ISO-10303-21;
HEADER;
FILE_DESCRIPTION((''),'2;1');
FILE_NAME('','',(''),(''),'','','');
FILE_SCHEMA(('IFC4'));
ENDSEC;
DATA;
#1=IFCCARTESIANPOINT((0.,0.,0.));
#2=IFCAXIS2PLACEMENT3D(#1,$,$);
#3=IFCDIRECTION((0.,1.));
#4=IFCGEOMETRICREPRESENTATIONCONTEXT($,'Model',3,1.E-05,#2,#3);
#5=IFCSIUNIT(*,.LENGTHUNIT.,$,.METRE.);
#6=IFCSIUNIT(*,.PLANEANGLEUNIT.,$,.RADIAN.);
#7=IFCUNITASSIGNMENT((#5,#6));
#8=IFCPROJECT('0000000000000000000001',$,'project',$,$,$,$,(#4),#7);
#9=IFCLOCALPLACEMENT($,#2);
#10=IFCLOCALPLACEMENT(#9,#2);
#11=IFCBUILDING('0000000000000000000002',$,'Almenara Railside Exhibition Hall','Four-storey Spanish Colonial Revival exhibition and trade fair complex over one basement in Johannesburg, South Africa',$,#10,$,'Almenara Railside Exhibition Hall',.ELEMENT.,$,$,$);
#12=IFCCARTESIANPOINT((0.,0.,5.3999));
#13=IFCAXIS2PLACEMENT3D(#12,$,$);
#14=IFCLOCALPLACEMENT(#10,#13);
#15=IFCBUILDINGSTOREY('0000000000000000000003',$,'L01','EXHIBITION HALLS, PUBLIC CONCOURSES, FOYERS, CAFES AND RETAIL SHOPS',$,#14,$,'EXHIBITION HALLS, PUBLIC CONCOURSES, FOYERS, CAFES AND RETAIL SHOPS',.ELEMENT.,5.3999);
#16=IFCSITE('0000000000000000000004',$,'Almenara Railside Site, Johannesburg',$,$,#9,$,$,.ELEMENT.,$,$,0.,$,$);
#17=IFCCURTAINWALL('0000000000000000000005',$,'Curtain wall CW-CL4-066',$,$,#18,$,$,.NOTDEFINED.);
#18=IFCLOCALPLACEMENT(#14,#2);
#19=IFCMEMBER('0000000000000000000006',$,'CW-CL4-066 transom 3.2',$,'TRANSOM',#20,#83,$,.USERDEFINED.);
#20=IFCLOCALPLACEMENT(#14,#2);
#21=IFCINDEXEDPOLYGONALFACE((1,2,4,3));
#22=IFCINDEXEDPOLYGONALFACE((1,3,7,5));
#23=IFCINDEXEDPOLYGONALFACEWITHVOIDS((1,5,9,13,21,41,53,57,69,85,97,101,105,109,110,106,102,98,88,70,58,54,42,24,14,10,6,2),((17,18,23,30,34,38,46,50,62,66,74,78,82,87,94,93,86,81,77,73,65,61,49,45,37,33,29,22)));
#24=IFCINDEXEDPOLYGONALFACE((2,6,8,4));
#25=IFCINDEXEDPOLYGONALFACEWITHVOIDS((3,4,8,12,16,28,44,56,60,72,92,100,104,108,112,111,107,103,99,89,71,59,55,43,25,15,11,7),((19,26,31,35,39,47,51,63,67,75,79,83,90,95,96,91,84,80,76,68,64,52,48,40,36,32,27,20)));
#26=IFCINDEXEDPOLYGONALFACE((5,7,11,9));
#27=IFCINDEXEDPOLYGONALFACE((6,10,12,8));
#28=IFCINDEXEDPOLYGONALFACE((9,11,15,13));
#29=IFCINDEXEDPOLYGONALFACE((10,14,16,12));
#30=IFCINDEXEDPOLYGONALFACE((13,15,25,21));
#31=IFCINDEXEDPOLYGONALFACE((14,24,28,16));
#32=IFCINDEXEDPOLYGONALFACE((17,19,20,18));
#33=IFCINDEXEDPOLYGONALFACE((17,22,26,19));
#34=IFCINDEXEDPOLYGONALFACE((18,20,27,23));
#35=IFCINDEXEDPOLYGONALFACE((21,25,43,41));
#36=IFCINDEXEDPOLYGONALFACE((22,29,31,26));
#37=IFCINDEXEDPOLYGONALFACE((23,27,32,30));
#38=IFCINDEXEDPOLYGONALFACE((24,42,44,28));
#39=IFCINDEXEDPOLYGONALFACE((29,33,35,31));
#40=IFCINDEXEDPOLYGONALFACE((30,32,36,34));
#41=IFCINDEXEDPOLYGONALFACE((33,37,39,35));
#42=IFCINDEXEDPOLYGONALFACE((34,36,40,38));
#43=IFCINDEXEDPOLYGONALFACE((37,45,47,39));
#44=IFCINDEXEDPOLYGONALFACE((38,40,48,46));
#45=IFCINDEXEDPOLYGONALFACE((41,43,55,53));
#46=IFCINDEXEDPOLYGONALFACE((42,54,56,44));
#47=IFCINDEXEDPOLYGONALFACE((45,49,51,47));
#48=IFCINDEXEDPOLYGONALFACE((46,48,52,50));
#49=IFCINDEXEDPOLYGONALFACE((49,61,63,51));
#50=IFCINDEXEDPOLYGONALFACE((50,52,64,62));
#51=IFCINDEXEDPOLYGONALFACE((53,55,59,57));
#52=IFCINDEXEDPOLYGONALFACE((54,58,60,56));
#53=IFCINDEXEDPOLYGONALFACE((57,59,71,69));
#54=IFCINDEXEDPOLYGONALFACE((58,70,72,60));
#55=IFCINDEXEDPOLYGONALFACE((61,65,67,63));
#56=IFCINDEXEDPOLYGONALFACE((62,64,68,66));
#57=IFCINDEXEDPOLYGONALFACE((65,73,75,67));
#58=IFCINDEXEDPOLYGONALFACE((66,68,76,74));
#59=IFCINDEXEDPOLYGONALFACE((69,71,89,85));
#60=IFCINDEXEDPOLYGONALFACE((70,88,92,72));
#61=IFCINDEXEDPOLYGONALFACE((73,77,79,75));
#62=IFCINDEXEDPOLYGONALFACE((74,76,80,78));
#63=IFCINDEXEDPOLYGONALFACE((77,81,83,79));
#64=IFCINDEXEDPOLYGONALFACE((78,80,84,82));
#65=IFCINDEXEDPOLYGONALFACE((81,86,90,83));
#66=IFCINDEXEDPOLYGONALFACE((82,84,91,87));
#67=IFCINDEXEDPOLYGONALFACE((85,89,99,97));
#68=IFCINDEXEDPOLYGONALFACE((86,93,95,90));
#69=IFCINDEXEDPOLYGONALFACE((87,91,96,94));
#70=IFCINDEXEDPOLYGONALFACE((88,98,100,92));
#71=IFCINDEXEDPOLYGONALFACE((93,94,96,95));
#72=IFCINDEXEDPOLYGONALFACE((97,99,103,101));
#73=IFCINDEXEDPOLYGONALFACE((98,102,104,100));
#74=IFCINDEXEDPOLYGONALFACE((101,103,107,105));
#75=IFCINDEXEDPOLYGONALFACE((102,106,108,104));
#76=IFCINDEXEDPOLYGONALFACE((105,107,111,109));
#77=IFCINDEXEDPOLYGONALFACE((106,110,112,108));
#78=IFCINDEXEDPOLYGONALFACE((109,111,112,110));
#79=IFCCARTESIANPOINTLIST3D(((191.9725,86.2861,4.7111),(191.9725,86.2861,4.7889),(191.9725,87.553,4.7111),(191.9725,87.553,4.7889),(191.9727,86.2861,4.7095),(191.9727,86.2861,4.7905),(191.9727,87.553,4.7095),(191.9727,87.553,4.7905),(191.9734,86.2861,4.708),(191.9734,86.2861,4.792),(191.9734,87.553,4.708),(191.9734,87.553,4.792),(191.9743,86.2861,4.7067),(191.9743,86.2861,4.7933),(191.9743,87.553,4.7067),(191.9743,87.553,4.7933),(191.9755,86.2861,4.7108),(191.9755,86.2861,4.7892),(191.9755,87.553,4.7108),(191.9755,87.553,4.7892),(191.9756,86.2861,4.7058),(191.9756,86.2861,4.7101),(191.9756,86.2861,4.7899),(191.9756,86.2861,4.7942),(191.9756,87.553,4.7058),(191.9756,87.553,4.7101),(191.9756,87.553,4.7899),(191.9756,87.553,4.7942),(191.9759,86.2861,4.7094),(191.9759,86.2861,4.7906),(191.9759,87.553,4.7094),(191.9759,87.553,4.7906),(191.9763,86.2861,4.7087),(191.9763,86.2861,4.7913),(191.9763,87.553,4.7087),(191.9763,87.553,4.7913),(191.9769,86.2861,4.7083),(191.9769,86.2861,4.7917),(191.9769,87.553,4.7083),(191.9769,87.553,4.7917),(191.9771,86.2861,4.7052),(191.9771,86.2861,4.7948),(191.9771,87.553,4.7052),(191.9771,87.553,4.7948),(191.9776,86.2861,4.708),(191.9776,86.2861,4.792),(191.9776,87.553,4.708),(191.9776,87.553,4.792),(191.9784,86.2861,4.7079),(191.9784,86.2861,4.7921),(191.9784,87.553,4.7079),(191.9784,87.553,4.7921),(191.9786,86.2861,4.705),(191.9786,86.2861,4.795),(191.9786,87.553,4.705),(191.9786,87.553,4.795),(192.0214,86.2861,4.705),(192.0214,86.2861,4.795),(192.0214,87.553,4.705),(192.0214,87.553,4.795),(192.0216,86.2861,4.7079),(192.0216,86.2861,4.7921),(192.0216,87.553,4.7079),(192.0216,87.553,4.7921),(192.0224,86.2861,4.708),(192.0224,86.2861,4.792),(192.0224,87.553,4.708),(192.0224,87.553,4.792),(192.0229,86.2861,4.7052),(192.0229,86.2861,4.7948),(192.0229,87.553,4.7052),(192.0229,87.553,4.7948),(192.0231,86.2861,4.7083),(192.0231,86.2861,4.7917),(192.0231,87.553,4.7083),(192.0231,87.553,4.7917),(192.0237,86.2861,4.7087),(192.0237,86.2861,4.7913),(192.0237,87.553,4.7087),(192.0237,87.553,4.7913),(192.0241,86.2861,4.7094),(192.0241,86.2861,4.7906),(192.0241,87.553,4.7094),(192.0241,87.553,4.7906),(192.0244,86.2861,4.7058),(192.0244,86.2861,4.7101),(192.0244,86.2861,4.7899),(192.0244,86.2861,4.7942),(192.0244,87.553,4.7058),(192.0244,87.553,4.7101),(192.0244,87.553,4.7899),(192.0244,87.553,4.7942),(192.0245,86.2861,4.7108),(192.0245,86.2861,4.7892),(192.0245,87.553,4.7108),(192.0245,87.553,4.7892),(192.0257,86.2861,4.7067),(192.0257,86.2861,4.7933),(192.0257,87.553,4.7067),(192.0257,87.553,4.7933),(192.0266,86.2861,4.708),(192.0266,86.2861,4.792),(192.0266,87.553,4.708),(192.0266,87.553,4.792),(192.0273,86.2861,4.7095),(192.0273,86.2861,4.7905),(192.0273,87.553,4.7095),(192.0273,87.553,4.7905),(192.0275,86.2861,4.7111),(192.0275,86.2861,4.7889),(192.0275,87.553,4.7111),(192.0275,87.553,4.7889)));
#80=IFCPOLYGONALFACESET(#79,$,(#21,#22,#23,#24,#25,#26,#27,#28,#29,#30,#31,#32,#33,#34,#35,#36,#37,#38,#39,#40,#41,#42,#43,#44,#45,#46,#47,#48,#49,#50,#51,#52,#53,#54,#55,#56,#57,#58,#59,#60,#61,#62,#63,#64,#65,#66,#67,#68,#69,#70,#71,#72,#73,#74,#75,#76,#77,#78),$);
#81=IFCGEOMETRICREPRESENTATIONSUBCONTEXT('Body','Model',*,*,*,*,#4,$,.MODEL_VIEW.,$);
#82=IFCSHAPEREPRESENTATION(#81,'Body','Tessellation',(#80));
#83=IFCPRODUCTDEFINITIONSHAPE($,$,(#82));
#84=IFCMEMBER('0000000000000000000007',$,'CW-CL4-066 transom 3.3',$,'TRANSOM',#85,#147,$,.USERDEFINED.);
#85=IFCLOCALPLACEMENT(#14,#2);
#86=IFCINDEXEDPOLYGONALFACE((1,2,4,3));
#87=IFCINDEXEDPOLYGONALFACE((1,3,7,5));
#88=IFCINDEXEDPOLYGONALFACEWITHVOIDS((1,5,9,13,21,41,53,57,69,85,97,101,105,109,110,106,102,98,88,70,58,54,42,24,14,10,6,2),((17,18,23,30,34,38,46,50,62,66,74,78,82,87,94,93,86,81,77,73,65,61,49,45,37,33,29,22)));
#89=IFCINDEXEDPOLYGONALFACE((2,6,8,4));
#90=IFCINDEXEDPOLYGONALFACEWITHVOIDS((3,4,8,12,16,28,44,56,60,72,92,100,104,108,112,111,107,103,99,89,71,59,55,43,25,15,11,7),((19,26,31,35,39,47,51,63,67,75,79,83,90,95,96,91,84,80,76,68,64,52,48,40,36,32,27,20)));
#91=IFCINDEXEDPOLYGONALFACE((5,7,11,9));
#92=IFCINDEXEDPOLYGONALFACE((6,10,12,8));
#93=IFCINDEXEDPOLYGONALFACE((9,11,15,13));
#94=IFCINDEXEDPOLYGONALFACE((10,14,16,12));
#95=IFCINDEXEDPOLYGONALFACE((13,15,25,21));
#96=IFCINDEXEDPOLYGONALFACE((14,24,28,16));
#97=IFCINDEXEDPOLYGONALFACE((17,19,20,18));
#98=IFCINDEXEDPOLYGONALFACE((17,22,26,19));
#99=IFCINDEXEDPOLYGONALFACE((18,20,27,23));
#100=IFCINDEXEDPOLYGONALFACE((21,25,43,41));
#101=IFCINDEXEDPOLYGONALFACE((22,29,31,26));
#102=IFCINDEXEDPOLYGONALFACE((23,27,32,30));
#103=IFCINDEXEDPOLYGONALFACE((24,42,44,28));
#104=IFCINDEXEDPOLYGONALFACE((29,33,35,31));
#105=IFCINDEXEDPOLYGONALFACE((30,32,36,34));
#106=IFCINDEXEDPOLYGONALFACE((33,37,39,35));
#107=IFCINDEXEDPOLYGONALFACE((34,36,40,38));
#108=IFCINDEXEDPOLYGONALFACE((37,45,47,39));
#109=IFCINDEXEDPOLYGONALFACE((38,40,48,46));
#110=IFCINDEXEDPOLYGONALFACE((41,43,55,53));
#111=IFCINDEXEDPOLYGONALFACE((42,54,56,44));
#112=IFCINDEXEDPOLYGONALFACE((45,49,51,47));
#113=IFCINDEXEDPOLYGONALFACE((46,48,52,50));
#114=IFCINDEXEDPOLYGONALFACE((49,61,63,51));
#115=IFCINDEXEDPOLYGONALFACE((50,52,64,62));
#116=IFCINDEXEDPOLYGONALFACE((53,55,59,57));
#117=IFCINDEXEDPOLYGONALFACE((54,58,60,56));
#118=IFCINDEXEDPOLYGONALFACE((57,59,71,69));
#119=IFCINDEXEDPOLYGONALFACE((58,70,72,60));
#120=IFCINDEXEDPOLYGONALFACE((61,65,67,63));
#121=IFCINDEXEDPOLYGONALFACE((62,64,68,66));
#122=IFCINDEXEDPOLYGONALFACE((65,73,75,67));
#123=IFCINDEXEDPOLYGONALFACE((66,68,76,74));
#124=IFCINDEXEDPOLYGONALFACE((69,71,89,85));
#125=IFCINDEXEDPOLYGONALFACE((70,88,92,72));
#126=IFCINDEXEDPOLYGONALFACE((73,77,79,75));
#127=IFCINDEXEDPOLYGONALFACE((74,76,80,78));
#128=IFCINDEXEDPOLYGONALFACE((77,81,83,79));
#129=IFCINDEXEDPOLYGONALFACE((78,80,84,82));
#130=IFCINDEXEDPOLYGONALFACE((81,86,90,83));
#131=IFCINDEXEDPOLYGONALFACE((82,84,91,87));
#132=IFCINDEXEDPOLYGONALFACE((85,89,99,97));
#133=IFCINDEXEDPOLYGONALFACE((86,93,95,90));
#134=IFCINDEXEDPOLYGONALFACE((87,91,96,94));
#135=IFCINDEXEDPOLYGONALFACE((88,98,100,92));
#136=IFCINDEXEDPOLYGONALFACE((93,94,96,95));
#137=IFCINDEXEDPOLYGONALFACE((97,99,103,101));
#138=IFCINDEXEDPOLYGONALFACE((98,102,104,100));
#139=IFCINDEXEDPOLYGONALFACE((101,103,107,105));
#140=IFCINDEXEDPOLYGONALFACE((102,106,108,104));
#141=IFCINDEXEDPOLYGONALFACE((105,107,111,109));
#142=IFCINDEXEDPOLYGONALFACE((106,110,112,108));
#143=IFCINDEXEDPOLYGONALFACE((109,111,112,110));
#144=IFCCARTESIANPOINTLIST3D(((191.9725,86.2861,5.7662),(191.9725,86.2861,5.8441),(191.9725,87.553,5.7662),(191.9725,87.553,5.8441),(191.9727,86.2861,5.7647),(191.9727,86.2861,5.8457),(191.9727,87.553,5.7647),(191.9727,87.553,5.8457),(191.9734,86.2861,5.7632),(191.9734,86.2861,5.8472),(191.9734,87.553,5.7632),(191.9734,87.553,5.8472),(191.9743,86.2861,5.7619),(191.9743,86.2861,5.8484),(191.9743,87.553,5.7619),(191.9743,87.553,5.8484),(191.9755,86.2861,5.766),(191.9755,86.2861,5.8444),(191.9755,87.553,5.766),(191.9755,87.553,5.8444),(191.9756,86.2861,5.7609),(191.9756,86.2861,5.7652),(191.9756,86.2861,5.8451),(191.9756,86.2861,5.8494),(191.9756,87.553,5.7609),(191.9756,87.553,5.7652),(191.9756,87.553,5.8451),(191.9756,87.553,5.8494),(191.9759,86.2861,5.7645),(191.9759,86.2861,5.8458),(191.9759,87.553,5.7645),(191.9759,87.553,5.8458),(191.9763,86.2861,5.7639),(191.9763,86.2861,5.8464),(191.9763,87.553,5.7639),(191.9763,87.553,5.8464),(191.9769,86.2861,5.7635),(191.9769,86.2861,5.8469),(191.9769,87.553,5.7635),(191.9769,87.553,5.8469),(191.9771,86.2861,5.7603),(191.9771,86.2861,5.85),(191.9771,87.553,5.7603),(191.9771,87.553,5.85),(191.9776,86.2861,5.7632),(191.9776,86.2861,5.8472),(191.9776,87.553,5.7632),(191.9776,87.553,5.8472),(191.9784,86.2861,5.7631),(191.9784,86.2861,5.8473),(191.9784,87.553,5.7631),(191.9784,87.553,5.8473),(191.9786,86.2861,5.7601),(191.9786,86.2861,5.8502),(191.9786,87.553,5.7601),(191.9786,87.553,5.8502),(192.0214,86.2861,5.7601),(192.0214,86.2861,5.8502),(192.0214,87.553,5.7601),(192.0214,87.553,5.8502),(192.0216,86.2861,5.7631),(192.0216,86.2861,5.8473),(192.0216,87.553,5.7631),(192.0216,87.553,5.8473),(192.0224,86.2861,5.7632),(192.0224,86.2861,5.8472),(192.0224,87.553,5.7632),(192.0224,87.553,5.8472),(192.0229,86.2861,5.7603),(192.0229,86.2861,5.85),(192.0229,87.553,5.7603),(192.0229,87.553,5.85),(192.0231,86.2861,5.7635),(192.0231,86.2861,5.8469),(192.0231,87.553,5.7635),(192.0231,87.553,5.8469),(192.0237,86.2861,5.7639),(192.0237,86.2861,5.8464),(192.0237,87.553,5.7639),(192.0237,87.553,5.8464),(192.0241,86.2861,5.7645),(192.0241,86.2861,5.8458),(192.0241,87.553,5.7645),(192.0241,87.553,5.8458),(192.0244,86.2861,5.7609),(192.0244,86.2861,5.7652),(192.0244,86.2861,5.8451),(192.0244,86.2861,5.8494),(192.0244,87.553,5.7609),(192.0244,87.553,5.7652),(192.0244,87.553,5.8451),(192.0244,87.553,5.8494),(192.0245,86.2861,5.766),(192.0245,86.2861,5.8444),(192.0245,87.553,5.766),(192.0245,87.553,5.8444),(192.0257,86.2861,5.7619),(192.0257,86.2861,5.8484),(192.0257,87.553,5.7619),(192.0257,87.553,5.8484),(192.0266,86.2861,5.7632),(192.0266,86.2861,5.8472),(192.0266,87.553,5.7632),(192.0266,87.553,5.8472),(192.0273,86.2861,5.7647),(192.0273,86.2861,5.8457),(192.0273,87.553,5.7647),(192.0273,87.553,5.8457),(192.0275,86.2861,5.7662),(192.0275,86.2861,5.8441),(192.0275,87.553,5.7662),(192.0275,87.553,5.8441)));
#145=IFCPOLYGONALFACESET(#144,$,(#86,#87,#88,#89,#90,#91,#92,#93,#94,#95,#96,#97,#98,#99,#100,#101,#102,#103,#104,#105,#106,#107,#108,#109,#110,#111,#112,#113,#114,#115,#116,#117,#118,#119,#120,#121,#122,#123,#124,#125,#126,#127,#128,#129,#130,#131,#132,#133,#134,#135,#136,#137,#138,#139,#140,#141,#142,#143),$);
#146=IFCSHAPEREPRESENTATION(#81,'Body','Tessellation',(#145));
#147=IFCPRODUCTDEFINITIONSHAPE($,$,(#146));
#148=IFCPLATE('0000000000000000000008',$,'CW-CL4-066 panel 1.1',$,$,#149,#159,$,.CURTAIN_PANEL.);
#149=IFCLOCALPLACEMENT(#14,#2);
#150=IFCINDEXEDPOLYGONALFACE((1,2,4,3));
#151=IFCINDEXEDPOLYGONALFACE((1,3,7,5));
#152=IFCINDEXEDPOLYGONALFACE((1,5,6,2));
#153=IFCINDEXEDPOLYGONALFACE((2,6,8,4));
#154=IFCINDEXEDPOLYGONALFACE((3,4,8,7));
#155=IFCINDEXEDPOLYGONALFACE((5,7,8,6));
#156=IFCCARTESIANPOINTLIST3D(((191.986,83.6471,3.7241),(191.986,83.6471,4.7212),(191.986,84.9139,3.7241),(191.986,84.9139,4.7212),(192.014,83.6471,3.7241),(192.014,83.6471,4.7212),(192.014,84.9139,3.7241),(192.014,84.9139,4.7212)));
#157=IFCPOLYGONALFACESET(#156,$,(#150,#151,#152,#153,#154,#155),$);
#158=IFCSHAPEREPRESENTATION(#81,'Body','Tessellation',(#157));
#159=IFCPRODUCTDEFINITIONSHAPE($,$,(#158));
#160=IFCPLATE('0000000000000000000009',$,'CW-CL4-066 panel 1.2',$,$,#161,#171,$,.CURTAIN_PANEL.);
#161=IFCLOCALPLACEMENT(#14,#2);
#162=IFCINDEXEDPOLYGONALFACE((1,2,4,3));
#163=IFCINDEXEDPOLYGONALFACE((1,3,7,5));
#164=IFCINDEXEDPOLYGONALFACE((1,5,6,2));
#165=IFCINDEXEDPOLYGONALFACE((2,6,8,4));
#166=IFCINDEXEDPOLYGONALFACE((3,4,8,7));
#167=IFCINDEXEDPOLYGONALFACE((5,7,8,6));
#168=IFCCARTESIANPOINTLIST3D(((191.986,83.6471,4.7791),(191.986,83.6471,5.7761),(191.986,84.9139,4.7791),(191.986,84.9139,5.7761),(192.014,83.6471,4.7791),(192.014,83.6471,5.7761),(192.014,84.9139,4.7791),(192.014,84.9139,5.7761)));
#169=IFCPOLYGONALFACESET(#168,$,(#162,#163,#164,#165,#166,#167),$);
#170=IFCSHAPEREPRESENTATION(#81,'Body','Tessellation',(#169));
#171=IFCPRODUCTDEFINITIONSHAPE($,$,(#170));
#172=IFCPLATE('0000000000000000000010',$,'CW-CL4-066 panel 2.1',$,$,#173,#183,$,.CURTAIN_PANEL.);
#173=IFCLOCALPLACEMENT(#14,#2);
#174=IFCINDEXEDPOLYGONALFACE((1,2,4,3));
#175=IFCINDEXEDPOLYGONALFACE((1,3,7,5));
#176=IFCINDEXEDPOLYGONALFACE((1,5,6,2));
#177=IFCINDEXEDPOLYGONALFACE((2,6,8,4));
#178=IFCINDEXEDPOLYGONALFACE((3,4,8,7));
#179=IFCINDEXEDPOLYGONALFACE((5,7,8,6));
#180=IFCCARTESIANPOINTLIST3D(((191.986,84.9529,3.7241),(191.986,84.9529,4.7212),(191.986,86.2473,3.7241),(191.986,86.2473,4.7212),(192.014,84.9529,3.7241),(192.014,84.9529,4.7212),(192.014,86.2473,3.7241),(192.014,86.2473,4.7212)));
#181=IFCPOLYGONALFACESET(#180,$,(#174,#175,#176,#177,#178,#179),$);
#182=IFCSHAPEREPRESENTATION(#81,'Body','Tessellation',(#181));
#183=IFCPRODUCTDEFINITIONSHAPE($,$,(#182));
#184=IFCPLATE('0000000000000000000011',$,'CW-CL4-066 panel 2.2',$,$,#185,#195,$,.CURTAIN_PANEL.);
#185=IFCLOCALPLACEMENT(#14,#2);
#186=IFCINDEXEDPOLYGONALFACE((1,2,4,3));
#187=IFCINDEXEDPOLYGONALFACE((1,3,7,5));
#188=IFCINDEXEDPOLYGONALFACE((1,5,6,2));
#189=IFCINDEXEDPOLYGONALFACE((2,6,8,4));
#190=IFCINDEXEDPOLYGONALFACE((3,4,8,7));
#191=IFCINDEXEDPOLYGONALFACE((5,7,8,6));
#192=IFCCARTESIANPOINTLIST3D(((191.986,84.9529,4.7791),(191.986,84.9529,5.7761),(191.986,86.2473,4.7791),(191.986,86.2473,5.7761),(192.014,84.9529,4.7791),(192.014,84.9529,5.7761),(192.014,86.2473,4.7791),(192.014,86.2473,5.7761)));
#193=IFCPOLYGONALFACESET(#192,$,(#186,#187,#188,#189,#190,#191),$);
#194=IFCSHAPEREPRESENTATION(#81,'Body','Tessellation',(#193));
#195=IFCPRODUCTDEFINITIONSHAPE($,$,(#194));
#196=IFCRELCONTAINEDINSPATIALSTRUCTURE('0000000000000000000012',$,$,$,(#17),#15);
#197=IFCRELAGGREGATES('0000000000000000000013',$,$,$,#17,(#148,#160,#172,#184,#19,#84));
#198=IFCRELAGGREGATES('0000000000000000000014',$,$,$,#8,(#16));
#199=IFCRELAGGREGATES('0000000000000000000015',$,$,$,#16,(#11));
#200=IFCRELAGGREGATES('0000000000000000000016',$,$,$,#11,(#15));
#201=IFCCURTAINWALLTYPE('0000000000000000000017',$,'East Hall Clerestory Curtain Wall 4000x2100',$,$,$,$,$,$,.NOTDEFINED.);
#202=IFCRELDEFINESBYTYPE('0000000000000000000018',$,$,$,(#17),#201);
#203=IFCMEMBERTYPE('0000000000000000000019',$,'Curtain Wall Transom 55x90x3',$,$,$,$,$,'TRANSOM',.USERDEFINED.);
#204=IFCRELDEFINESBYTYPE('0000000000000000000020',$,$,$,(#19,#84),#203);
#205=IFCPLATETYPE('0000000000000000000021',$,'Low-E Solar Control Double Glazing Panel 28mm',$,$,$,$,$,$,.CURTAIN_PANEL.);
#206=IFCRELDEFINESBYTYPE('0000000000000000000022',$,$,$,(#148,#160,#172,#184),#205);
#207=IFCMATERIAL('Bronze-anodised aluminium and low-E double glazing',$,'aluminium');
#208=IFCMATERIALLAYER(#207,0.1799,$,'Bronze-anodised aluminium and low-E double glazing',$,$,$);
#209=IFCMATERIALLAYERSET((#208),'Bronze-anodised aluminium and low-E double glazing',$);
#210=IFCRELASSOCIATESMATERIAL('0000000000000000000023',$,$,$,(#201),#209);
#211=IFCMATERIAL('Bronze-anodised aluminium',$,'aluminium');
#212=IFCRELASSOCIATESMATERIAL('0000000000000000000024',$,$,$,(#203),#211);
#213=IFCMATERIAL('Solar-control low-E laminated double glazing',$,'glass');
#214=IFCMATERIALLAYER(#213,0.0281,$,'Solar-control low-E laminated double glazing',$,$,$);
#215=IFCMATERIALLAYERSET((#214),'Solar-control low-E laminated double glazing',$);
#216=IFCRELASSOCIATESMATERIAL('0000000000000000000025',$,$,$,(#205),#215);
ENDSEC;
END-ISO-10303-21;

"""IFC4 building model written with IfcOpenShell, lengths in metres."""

from ifc_helpers import new_model, si_unit, direction, frame, origin, origin_2d, place, context, subcontext, project, spatial, rectangle, hollow_rectangle, extrude, material, layer, layer_set, material_profile, profile_set, type_object, element, aggregate, save


model = new_model("IFC4")

# Units and contexts
model_context = context("Model", 3, precision=1e-05, world=origin(), true_north=direction((0.0, 1.0)))
body_context = subcontext(model_context, "Body", "Model", "MODEL_VIEW")
ifc_project = project(units=[si_unit("LENGTHUNIT", "METRE"), si_unit("PLANEANGLEUNIT", "RADIAN")], contexts=[model_context])

# Site, building, storey
site_placement = place(None, origin())
site = spatial("IfcSite", under=ifc_project, at=site_placement, Name="Almenara Railside Site, Johannesburg", CompositionType="ELEMENT", RefElevation=0.0)
building_placement = place(site_placement, origin())
building = spatial("IfcBuilding", under=site, at=building_placement, Name="Almenara Railside Exhibition Hall", Description="Four-storey Spanish Colonial Revival exhibition and trade fair complex over one basement in Johannesburg, South Africa", LongName="Almenara Railside Exhibition Hall", CompositionType="ELEMENT")
storey_placement = place(building_placement, frame((0.0, 0.0, 5.3999)))
storey = spatial("IfcBuildingStorey", under=building, at=storey_placement, Name="L01", Description="EXHIBITION HALLS, PUBLIC CONCOURSES, FOYERS, CAFES AND RETAIL SHOPS", LongName="EXHIBITION HALLS, PUBLIC CONCOURSES, FOYERS, CAFES AND RETAIL SHOPS", CompositionType="ELEMENT", Elevation=5.3999)

# Curtain wall, members, plates
ifc_material_1 = material(Name="Bronze-anodised aluminium and low-E double glazing", Category="aluminium")
ifc_layer_1 = layer(ifc_material_1, 0.1799, Name="Bronze-anodised aluminium and low-E double glazing")
ifc_layer_set_1 = layer_set([ifc_layer_1], Name="Bronze-anodised aluminium and low-E double glazing")
curtain_wall_type = type_object("IfcCurtainWallType", Name="East Hall Clerestory Curtain Wall 4000x2100", PredefinedType="NOTDEFINED", material=ifc_layer_set_1)
curtain_wall_placement = place(storey_placement, origin())
curtain_wall = element("IfcCurtainWall", 1, at=curtain_wall_placement, inside=storey, type_object=curtain_wall_type, Name="Curtain wall CW-CL4-066", PredefinedType="NOTDEFINED")
ifc_material_2 = material(Name="Bronze-anodised aluminium", Category="aluminium")
ifc_material_profile_1 = material_profile(ifc_material_2, hollow_rectangle(XDim=0.0549, YDim=0.0901, WallThickness=0.0029, InnerFilletRadius=0.0029, OuterFilletRadius=0.0061, at=origin_2d()), Name="ALU-TRN 55x90x3")
ifc_profile_set_1 = profile_set([ifc_material_profile_1], Name="Bronze-anodised aluminium")
member_type_1 = type_object("IfcMemberType", Name="Curtain Wall Transom 55x90x3", ElementType="TRANSOM", PredefinedType="USERDEFINED", material=ifc_profile_set_1)
member_1_placement = place(storey_placement, frame((192.0, 86.2861, 4.75), z_axis=(0.0, 1.0, 0.0), x_axis=(-1.0, 0.0, 0.0)))
member_1 = element("IfcMember", 2, at=member_1_placement, type_object=member_type_1, Name="CW-CL4-066 transom 3.2", ObjectType="TRANSOM", PredefinedType="USERDEFINED", context=body_context, shape_type="SweptSolid", body=[
    extrude(hollow_rectangle(XDim=0.0549, YDim=0.0901, WallThickness=0.0029, InnerFilletRadius=0.0029, OuterFilletRadius=0.0061, at=origin_2d()), origin(), (0.0, 0.0, 1.0), 1.2668),
])
member_2_placement = place(storey_placement, frame((192.0, 86.2861, 5.8052), z_axis=(0.0, 1.0, 0.0), x_axis=(-1.0, 0.0, 0.0)))
member_2 = element("IfcMember", 3, at=member_2_placement, type_object=member_type_1, Name="CW-CL4-066 transom 3.3", ObjectType="TRANSOM", PredefinedType="USERDEFINED", context=body_context, shape_type="SweptSolid", body=[
    extrude(hollow_rectangle(XDim=0.0549, YDim=0.0901, WallThickness=0.0029, InnerFilletRadius=0.0029, OuterFilletRadius=0.0061, at=origin_2d()), origin(), (0.0, 0.0, 1.0), 1.2668),
])
ifc_material_3 = material(Name="Solar-control low-E laminated double glazing", Category="glass")
ifc_layer_2 = layer(ifc_material_3, 0.0281, Name="Solar-control low-E laminated double glazing")
ifc_layer_set_2 = layer_set([ifc_layer_2], Name="Solar-control low-E laminated double glazing")
plate_type = type_object("IfcPlateType", Name="Low-E Solar Control Double Glazing Panel 28mm", PredefinedType="CURTAIN_PANEL", material=ifc_layer_set_2)
plate_1_placement = place(storey_placement, frame((192.0, 84.2805, 3.7241), z_axis=(0.0, 0.0, 1.0), x_axis=(0.0, 1.0, 0.0)))
plate_1 = element("IfcPlate", 4, at=plate_1_placement, type_object=plate_type, Name="CW-CL4-066 panel 1.1", PredefinedType="CURTAIN_PANEL", context=body_context, shape_type="SweptSolid", body=[
    extrude(rectangle(XDim=1.2668, YDim=0.0281, at=origin_2d()), origin(), (0.0, 0.0, 1.0), 0.9971),
])
plate_2_placement = place(storey_placement, frame((192.0, 84.2805, 4.7791), z_axis=(0.0, 0.0, 1.0), x_axis=(0.0, 1.0, 0.0)))
plate_2 = element("IfcPlate", 5, at=plate_2_placement, type_object=plate_type, Name="CW-CL4-066 panel 1.2", PredefinedType="CURTAIN_PANEL", context=body_context, shape_type="SweptSolid", body=[
    extrude(rectangle(XDim=1.2668, YDim=0.0281, at=origin_2d()), origin(), (0.0, 0.0, 1.0), 0.9971),
])
plate_3_placement = place(storey_placement, frame((192.0, 85.6001, 3.7241), z_axis=(0.0, 0.0, 1.0), x_axis=(0.0, 1.0, 0.0)))
plate_3 = element("IfcPlate", 6, at=plate_3_placement, type_object=plate_type, Name="CW-CL4-066 panel 2.1", PredefinedType="CURTAIN_PANEL", context=body_context, shape_type="SweptSolid", body=[
    extrude(rectangle(XDim=1.2944, YDim=0.0281, at=origin_2d()), origin(), (0.0, 0.0, 1.0), 0.9971),
])
plate_4_placement = place(storey_placement, frame((192.0, 85.6001, 4.7791), z_axis=(0.0, 0.0, 1.0), x_axis=(0.0, 1.0, 0.0)))
plate_4 = element("IfcPlate", 7, at=plate_4_placement, type_object=plate_type, Name="CW-CL4-066 panel 2.2", PredefinedType="CURTAIN_PANEL", context=body_context, shape_type="SweptSolid", body=[
    extrude(rectangle(XDim=1.2944, YDim=0.0281, at=origin_2d()), origin(), (0.0, 0.0, 1.0), 0.9971),
])
aggregate(curtain_wall, [plate_1, plate_2, plate_3, plate_4, member_1, member_2])

save(model, "model.ifc")
